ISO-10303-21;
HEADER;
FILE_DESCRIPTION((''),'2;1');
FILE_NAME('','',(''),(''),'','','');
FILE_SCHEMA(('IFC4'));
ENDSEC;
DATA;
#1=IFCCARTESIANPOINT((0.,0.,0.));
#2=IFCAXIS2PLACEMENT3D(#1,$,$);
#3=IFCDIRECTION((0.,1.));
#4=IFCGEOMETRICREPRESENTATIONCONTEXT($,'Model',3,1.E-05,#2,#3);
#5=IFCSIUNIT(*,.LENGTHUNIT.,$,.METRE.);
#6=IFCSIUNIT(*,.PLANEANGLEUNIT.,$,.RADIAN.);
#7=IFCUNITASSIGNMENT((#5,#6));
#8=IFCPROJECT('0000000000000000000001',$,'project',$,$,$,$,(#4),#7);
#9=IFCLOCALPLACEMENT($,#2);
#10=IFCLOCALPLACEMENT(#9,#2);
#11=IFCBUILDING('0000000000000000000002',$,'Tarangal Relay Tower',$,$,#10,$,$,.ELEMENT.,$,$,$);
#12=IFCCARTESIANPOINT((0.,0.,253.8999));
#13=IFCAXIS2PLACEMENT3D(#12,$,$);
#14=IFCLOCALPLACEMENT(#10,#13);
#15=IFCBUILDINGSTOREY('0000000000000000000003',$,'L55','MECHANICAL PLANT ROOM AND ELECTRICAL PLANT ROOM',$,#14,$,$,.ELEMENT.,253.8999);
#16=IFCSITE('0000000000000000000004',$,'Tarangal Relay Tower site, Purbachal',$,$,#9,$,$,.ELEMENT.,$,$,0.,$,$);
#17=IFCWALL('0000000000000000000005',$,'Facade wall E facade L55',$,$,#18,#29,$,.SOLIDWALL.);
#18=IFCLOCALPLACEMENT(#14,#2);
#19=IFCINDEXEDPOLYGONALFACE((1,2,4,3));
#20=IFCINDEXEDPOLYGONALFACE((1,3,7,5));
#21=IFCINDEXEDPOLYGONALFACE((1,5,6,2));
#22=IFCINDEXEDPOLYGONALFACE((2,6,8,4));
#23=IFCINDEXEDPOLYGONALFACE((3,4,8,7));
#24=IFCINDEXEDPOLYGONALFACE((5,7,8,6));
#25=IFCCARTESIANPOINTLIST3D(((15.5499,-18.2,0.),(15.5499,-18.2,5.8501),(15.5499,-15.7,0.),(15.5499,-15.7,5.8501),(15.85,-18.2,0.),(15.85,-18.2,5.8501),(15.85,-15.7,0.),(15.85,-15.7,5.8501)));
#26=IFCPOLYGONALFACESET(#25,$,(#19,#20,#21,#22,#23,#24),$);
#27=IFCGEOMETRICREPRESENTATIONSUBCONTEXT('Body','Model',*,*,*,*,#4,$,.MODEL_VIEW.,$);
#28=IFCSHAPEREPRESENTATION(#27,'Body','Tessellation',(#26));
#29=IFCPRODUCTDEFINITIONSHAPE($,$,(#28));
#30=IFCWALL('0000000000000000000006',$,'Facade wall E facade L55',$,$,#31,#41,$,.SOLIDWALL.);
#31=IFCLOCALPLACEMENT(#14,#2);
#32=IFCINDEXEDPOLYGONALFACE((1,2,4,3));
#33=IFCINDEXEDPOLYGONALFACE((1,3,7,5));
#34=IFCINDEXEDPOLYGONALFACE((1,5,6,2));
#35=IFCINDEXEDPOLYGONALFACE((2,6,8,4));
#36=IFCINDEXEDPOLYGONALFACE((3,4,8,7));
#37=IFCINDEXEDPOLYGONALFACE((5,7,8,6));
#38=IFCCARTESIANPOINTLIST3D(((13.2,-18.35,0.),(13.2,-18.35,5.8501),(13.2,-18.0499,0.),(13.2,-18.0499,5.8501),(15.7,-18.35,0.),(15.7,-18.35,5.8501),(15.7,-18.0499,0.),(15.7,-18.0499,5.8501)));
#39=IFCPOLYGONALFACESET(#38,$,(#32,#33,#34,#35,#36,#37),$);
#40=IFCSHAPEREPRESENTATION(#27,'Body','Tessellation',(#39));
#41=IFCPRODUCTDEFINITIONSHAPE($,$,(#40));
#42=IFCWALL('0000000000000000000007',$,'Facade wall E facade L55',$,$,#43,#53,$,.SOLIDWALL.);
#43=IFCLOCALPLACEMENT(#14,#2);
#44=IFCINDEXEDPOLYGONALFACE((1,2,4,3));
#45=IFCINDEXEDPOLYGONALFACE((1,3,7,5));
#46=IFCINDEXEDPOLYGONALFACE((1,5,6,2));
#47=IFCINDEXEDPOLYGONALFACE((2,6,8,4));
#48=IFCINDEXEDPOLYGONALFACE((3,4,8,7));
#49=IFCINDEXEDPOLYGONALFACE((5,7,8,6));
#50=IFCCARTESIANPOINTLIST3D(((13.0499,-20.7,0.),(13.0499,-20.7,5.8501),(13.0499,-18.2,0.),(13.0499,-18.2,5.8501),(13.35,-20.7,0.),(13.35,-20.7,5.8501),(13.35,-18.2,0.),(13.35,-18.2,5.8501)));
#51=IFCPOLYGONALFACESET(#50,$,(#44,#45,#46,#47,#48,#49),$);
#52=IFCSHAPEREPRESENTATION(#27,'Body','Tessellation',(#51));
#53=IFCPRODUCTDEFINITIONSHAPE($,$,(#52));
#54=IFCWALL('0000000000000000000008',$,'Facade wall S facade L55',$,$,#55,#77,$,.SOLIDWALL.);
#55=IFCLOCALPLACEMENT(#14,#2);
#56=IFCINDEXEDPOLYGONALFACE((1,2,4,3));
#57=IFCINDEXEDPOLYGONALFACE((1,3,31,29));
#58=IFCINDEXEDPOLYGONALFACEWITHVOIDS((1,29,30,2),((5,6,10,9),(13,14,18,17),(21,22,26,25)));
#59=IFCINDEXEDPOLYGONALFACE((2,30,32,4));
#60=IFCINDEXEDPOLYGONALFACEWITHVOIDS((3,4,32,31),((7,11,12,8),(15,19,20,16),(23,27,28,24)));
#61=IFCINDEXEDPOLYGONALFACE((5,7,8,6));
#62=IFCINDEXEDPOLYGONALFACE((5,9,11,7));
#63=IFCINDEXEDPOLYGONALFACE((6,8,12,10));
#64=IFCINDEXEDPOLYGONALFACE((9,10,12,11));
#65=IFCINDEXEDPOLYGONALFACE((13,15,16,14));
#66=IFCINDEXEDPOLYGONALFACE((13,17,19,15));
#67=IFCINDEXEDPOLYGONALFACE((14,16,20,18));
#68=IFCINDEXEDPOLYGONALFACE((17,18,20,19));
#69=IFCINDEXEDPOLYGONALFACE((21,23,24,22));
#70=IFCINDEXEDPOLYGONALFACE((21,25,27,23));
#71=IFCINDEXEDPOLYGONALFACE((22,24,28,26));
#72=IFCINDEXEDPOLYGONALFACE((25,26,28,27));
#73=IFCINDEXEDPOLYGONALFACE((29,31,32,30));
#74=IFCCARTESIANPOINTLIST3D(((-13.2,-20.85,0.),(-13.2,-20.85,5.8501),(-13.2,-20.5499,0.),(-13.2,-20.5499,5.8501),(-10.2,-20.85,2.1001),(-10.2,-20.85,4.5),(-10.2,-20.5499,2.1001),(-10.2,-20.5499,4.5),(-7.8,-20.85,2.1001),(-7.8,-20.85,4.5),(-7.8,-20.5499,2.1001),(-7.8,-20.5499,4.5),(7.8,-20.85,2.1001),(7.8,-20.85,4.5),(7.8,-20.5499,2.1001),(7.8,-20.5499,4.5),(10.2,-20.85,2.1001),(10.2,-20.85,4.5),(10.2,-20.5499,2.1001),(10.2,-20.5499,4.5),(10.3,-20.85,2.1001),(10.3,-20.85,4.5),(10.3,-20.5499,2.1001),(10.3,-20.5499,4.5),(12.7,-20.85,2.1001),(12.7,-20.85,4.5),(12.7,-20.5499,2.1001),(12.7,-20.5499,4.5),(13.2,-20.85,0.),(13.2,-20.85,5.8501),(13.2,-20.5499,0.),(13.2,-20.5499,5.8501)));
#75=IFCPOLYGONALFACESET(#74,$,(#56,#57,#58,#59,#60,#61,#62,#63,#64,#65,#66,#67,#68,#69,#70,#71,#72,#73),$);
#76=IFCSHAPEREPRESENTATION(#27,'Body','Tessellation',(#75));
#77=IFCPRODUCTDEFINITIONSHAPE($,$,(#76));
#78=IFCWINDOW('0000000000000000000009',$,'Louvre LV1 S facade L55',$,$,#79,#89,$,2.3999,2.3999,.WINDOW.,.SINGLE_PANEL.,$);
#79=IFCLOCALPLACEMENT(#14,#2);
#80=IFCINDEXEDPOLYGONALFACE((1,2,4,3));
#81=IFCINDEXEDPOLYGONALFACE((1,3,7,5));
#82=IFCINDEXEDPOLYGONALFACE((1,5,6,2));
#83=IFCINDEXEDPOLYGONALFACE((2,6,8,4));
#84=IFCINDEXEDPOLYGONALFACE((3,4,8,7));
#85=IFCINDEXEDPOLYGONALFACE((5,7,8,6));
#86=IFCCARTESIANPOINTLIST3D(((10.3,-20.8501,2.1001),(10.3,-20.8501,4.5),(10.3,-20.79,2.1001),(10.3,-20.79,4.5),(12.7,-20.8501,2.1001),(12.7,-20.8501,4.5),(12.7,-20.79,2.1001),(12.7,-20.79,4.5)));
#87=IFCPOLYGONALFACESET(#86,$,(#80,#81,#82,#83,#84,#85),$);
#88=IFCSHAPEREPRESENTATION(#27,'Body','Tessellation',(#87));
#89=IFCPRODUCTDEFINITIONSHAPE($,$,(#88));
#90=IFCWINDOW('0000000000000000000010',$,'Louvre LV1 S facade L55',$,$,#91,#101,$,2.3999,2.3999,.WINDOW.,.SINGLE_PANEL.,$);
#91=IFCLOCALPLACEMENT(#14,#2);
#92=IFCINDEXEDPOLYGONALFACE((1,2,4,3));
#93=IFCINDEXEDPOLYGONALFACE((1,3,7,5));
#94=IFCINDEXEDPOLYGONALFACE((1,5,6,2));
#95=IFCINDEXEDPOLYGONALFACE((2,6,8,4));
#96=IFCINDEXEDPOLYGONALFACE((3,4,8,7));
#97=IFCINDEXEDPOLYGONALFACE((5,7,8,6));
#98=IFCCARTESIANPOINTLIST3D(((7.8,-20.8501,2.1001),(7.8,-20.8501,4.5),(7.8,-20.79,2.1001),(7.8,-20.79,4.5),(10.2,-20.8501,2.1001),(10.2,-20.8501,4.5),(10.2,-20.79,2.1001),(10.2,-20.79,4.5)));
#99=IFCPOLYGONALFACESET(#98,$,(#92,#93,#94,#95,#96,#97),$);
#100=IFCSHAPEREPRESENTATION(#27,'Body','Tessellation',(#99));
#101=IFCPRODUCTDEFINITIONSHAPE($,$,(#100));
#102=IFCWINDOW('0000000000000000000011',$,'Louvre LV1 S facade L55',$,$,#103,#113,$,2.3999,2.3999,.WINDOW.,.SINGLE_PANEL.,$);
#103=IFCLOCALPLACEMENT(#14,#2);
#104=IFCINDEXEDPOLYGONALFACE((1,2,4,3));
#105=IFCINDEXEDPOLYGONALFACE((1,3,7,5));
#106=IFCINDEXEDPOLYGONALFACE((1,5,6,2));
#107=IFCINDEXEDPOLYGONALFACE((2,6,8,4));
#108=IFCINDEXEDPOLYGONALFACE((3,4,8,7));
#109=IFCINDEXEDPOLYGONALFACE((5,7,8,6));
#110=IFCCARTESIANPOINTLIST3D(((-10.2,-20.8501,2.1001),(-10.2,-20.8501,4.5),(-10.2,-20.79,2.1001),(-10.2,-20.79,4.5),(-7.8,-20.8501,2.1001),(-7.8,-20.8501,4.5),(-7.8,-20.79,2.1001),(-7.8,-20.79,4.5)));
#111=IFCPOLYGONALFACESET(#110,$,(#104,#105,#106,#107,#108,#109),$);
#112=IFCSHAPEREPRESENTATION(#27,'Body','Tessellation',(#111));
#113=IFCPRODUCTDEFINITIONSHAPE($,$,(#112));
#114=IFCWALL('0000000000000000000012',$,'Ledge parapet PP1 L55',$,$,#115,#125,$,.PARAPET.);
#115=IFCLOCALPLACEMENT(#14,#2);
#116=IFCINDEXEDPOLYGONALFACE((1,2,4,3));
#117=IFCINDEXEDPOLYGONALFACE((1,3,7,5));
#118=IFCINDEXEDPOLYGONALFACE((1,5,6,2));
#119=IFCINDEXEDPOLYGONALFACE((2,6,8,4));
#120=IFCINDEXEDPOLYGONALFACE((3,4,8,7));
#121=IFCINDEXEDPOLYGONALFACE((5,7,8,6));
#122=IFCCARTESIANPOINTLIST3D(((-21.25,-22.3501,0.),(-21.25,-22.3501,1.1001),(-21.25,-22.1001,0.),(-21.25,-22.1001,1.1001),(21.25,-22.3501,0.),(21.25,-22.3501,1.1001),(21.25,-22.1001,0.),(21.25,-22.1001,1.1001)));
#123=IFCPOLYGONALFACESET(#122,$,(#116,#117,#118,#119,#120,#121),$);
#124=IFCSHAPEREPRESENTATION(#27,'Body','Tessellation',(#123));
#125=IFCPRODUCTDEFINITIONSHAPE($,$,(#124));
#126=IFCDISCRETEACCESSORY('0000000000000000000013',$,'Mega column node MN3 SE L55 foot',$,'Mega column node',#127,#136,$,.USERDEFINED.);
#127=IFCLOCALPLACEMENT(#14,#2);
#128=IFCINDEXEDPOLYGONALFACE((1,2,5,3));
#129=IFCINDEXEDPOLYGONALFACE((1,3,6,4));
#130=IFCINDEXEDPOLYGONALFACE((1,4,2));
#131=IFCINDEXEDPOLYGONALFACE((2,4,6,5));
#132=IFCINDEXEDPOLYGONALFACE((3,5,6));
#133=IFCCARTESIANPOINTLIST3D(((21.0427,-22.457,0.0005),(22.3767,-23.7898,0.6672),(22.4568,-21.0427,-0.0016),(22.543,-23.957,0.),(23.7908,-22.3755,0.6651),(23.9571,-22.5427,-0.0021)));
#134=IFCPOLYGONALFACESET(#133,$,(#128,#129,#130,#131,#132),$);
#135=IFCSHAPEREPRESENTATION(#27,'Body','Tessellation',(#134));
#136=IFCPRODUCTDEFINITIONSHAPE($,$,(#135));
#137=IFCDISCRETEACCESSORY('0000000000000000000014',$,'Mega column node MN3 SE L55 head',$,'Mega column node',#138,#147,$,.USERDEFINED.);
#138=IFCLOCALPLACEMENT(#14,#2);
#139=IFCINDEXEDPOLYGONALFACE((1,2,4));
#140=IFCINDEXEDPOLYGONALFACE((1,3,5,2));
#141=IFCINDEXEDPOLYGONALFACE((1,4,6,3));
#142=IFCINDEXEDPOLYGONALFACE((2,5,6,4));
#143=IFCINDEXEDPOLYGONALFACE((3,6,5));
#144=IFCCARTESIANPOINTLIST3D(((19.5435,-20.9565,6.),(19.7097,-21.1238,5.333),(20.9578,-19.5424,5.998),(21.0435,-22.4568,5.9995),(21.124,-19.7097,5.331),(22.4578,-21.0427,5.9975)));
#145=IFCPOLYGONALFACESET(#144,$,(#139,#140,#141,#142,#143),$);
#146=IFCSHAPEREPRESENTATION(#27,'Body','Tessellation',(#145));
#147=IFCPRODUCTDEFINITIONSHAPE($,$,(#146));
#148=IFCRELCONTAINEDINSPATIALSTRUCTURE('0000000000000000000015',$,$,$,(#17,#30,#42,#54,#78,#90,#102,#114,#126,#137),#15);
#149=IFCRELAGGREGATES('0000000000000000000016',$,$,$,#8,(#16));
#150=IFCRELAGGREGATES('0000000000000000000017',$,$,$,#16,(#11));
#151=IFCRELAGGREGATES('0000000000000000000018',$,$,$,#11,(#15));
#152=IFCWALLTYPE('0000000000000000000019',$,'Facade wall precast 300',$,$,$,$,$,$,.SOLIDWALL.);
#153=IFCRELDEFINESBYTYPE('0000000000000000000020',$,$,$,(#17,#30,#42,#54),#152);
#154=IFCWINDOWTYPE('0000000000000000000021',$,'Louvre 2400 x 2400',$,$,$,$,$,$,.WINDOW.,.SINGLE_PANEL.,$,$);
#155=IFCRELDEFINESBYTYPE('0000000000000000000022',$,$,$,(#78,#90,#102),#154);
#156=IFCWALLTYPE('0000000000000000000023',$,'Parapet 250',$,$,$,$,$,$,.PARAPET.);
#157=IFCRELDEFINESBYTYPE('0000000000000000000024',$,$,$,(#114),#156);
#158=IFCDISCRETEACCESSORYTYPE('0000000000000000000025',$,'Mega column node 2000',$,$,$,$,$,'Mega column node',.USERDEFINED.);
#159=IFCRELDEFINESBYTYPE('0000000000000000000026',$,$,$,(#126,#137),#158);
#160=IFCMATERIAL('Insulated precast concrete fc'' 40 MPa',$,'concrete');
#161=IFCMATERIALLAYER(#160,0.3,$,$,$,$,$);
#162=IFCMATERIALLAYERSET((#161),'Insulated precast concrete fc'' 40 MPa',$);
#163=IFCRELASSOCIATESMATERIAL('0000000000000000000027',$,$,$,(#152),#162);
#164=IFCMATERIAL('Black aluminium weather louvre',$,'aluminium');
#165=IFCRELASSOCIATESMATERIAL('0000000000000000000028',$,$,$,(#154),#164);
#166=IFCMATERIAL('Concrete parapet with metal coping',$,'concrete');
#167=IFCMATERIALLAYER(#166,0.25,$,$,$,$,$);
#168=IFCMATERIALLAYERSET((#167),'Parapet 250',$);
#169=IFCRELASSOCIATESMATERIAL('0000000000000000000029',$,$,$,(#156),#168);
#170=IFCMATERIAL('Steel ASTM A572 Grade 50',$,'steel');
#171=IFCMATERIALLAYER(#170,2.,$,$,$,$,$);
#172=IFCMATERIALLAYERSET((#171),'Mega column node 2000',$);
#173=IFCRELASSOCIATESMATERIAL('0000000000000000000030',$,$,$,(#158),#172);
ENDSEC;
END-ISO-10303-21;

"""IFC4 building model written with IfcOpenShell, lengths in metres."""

from ifc_helpers import new_model, si_unit, direction, frame, frame_2d, origin, place, context, subcontext, project, spatial, polyline, rectangle, outline, extrude, material, layer, layer_set, type_object, element, fill, save


model = new_model("IFC4")

# Units and contexts
model_context = context("Model", 3, precision=1e-05, world=origin(), true_north=direction((0.0, 1.0)))
body_context = subcontext(model_context, "Body", "Model", "MODEL_VIEW")
ifc_project = project(units=[si_unit("LENGTHUNIT", "METRE"), si_unit("PLANEANGLEUNIT", "RADIAN")], contexts=[model_context])

# Site, building, storey
site_placement = place(None, origin())
site = spatial("IfcSite", under=ifc_project, at=site_placement, Name="Tarangal Relay Tower site, Purbachal", CompositionType="ELEMENT", RefElevation=0.0)
building_placement = place(site_placement, origin())
building = spatial("IfcBuilding", under=site, at=building_placement, Name="Tarangal Relay Tower", CompositionType="ELEMENT")
storey_placement = place(building_placement, frame((0.0, 0.0, 253.8999)))
storey = spatial("IfcBuildingStorey", under=building, at=storey_placement, Name="L55", Description="MECHANICAL PLANT ROOM AND ELECTRICAL PLANT ROOM", CompositionType="ELEMENT", Elevation=253.8999)

# Shared definitions
ifc_material_1 = material(Name="Steel ASTM A572 Grade 50", Category="steel")

# Shared definitions
ifc_material_2 = material(Name="Insulated precast concrete fc' 40 MPa", Category="concrete")
ifc_layer_1 = layer(ifc_material_2, 0.3)
ifc_layer_set_1 = layer_set([ifc_layer_1], Name="Insulated precast concrete fc' 40 MPa")
wall_type_1 = type_object("IfcWallType", Name="Facade wall precast 300", PredefinedType="SOLIDWALL", material=ifc_layer_set_1)

# Walls
for number, where, z_axis, x_axis, name in (
    (1, (15.7, -15.7, 0.0), (0.0, 0.0, 1.0), (0.0, -1.0, 0.0), "Facade wall E facade L55"),
    (2, (15.7, -18.2, 0.0), (0.0, 0.0, 1.0), (-1.0, 0.0, 0.0), "Facade wall E facade L55"),
    (3, (13.2, -18.2, 0.0), (0.0, 0.0, 1.0), (0.0, -1.0, 0.0), "Facade wall E facade L55"),
):
    element("IfcWall", number, at=place(storey_placement, frame(where, z_axis=z_axis, x_axis=x_axis)), inside=storey, type_object=wall_type_1, Name=name, PredefinedType="SOLIDWALL", context=body_context, shape_type="SweptSolid", body=[
        extrude(rectangle(XDim=2.5, YDim=0.3, at=frame_2d((1.25, 0.0))), origin(), (0.0, 0.0, 1.0), 5.8501),
    ])

# Wall, openings, windows
wall_1_placement = place(storey_placement, frame((13.2, -20.7, 0.0), z_axis=(0.0, 0.0, 1.0), x_axis=(-1.0, 0.0, 0.0)))
wall_1 = element("IfcWall", 4, at=wall_1_placement, inside=storey, type_object=wall_type_1, Name="Facade wall S facade L55", PredefinedType="SOLIDWALL", context=body_context, shape_type="SweptSolid", body=[
    extrude(rectangle(XDim=26.3999, YDim=0.3, at=frame_2d((13.2, 0.0))), origin(), (0.0, 0.0, 1.0), 5.8501),
])
opening_1_placement = place(wall_1_placement, frame((0.5, 0.0, 2.1001)))
opening_1 = element("IfcOpeningElement", 5, at=opening_1_placement, cuts=wall_1, PredefinedType="OPENING", context=body_context, shape_type="SweptSolid", body=[
    extrude(rectangle(XDim=2.3999, YDim=2.3999, at=frame_2d((1.2, 1.2))), frame((0.0, 0.1599, 0.0), z_axis=(0.0, -1.0, 0.0), x_axis=(1.0, 0.0, 0.0)), (0.0, 0.0, 1.0), 0.3201),
])
opening_2_placement = place(wall_1_placement, frame((3.0, 0.0, 2.1001)))
opening_2 = element("IfcOpeningElement", 6, at=opening_2_placement, cuts=wall_1, PredefinedType="OPENING", context=body_context, shape_type="SweptSolid", body=[
    extrude(rectangle(XDim=2.3999, YDim=2.3999, at=frame_2d((1.2, 1.2))), frame((0.0, 0.1599, 0.0), z_axis=(0.0, -1.0, 0.0), x_axis=(1.0, 0.0, 0.0)), (0.0, 0.0, 1.0), 0.3201),
])
opening_3_placement = place(wall_1_placement, frame((21.0, 0.0, 2.1001)))
opening_3 = element("IfcOpeningElement", 7, at=opening_3_placement, cuts=wall_1, PredefinedType="OPENING", context=body_context, shape_type="SweptSolid", body=[
    extrude(rectangle(XDim=2.3999, YDim=2.3999, at=frame_2d((1.2, 1.2))), frame((0.0, 0.1599, 0.0), z_axis=(0.0, -1.0, 0.0), x_axis=(1.0, 0.0, 0.0)), (0.0, 0.0, 1.0), 0.3201),
])
ifc_material_3 = material(Name="Black aluminium weather louvre", Category="aluminium")
window_type = type_object("IfcWindowType", Name="Louvre 2400 x 2400", PartitioningType="SINGLE_PANEL", PredefinedType="WINDOW", material=ifc_material_3)
window_1_placement = place(opening_1_placement, origin())
window_1 = element("IfcWindow", 8, at=window_1_placement, inside=storey, type_object=window_type, Name="Louvre LV1 S facade L55", OverallHeight=2.3999, OverallWidth=2.3999, PartitioningType="SINGLE_PANEL", PredefinedType="WINDOW", context=body_context, shape_type="SweptSolid", body=[
    extrude(rectangle(XDim=2.3999, YDim=2.3999, at=frame_2d((1.2, 1.2))), frame((0.0, 0.1501, 0.0), z_axis=(0.0, -1.0, 0.0), x_axis=(1.0, 0.0, 0.0)), (0.0, 0.0, 1.0), 0.0601),
])
fill(opening_1, window_1)
window_2_placement = place(opening_2_placement, origin())
window_2 = element("IfcWindow", 9, at=window_2_placement, inside=storey, type_object=window_type, Name="Louvre LV1 S facade L55", OverallHeight=2.3999, OverallWidth=2.3999, PartitioningType="SINGLE_PANEL", PredefinedType="WINDOW", context=body_context, shape_type="SweptSolid", body=[
    extrude(rectangle(XDim=2.3999, YDim=2.3999, at=frame_2d((1.2, 1.2))), frame((0.0, 0.1501, 0.0), z_axis=(0.0, -1.0, 0.0), x_axis=(1.0, 0.0, 0.0)), (0.0, 0.0, 1.0), 0.0601),
])
fill(opening_2, window_2)
window_3_placement = place(opening_3_placement, origin())
window_3 = element("IfcWindow", 10, at=window_3_placement, inside=storey, type_object=window_type, Name="Louvre LV1 S facade L55", OverallHeight=2.3999, OverallWidth=2.3999, PartitioningType="SINGLE_PANEL", PredefinedType="WINDOW", context=body_context, shape_type="SweptSolid", body=[
    extrude(rectangle(XDim=2.3999, YDim=2.3999, at=frame_2d((1.2, 1.2))), frame((0.0, 0.1501, 0.0), z_axis=(0.0, -1.0, 0.0), x_axis=(1.0, 0.0, 0.0)), (0.0, 0.0, 1.0), 0.0601),
])
fill(opening_3, window_3)

# Wall
ifc_material_4 = material(Name="Concrete parapet with metal coping", Category="concrete")
ifc_layer_2 = layer(ifc_material_4, 0.25)
ifc_layer_set_2 = layer_set([ifc_layer_2], Name="Parapet 250")
wall_type_2 = type_object("IfcWallType", Name="Parapet 250", PredefinedType="PARAPET", material=ifc_layer_set_2)
wall_2_placement = place(storey_placement, frame((21.25, -22.2251, 0.0), z_axis=(0.0, 0.0, 1.0), x_axis=(-1.0, 0.0, 0.0)))
element("IfcWall", 11, at=wall_2_placement, inside=storey, type_object=wall_type_2, Name="Ledge parapet PP1 L55", PredefinedType="PARAPET", context=body_context, shape_type="SweptSolid", body=[
    extrude(rectangle(XDim=42.5, YDim=0.25, at=frame_2d((21.25, 0.0))), origin(), (0.0, 0.0, 1.0), 1.1001),
])

# Discrete accessories
ifc_layer_3 = layer(ifc_material_1, 2.0)
ifc_layer_set_3 = layer_set([ifc_layer_3], Name="Mega column node 2000")
discrete_accessory_type = type_object("IfcDiscreteAccessoryType", Name="Mega column node 2000", ElementType="Mega column node", PredefinedType="USERDEFINED", material=ifc_layer_set_3)
discrete_accessory_1_placement = place(storey_placement, frame((21.0427, -22.457, 0.0005), z_axis=(-0.707049, -0.707164, 0.001064), x_axis=(0.666965, -0.666355, 0.33336)))
element("IfcDiscreteAccessory", 12, at=discrete_accessory_1_placement, inside=storey, type_object=discrete_accessory_type, Name="Mega column node MN3 SE L55 foot", ObjectType="Mega column node", PredefinedType="USERDEFINED", context=body_context, shape_type="SweptSolid", body=[
    extrude(outline(polyline([(0.0, 0.0), (2.0001, 0.0), (2.0, -0.7077), (0.0, 0.0)])), origin(), (0.0, 0.0, -1.0), 2.0),
])
discrete_accessory_2_placement = place(storey_placement, frame((21.0435, -22.4568, 5.9995), z_axis=(-0.707164, -0.707049, 0.001007), x_axis=(-0.66687, 0.666504, -0.333252)))
element("IfcDiscreteAccessory", 13, at=discrete_accessory_2_placement, inside=storey, type_object=discrete_accessory_type, Name="Mega column node MN3 SE L55 head", ObjectType="Mega column node", PredefinedType="USERDEFINED", context=body_context, shape_type="SweptSolid", body=[
    extrude(outline(polyline([(0.0, 0.0), (2.0, 0.0), (2.0001, -0.7075), (0.0, 0.0)])), origin(), (0.0, 0.0, -1.0), 2.0),
])

save(model, "model.ifc")
